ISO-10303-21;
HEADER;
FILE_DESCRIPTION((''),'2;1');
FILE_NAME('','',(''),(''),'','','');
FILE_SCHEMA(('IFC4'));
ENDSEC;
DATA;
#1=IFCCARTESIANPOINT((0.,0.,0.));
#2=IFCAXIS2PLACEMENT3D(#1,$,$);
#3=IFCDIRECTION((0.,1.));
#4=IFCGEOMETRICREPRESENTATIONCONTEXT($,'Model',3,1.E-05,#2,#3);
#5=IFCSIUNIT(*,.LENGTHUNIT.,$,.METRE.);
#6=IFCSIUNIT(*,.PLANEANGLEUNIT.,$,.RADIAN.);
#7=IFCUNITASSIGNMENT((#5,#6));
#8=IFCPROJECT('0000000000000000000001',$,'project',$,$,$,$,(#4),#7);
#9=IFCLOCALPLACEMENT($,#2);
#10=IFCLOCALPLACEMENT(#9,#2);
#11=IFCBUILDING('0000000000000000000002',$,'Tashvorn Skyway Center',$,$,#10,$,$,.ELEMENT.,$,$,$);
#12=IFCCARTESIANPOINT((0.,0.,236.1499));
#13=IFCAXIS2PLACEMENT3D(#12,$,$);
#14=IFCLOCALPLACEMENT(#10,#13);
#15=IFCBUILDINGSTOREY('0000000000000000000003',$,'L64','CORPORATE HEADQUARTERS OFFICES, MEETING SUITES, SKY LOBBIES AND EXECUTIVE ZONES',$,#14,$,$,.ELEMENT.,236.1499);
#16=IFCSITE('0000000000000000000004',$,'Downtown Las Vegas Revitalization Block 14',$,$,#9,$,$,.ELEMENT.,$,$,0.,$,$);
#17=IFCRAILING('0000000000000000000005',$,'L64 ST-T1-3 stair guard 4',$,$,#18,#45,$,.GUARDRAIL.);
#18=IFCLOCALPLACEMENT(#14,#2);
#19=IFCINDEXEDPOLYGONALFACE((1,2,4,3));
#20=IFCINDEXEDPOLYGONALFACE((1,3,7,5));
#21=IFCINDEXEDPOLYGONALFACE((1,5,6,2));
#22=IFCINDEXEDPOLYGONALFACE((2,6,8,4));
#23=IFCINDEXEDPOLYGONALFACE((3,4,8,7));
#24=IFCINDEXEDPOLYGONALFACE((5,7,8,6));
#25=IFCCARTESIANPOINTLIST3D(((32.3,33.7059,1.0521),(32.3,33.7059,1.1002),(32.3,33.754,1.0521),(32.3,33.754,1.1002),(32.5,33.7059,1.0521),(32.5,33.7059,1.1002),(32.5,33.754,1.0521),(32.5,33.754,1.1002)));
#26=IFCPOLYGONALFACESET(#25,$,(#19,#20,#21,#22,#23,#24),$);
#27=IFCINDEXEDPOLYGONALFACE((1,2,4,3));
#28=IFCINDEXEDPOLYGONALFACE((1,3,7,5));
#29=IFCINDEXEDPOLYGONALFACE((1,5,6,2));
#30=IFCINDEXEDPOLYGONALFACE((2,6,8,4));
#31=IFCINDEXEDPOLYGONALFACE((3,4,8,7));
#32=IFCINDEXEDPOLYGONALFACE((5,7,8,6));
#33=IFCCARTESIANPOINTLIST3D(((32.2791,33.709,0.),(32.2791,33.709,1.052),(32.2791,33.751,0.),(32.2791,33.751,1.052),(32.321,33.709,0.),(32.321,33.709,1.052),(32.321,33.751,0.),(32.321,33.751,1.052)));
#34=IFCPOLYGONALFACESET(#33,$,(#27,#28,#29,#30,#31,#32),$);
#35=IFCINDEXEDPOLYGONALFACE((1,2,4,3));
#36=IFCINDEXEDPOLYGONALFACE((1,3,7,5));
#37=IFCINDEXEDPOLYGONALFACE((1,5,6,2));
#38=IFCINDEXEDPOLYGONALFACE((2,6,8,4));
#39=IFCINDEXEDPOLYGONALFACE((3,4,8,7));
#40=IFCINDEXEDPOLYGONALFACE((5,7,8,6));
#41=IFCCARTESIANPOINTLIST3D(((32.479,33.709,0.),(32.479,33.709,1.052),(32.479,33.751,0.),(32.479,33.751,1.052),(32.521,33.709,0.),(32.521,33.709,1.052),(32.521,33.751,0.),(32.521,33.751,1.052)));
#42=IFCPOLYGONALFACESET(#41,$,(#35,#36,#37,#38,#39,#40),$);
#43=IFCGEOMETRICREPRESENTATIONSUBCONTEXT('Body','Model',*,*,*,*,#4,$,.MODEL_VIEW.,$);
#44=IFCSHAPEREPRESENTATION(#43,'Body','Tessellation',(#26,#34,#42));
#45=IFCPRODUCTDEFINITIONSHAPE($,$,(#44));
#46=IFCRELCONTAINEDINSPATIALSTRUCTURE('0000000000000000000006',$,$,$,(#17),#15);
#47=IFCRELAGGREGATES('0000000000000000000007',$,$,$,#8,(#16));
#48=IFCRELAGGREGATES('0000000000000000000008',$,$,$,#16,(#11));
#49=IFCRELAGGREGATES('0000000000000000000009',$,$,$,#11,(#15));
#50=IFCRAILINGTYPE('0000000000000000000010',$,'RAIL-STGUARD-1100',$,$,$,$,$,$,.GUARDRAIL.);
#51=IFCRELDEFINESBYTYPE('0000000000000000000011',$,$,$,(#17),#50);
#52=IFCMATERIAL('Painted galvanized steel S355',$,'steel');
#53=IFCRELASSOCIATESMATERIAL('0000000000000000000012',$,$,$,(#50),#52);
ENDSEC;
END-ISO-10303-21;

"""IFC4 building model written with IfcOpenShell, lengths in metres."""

from ifc_helpers import new_model, si_unit, direction, frame, origin, origin_2d, place, context, subcontext, project, spatial, rectangle, extrude, material, type_object, element, save


model = new_model("IFC4")

# Units and contexts
model_context = context("Model", 3, precision=1e-05, world=origin(), true_north=direction((0.0, 1.0)))
body_context = subcontext(model_context, "Body", "Model", "MODEL_VIEW")
ifc_project = project(units=[si_unit("LENGTHUNIT", "METRE"), si_unit("PLANEANGLEUNIT", "RADIAN")], contexts=[model_context])

# Site, building, storey
site_placement = place(None, origin())
site = spatial("IfcSite", under=ifc_project, at=site_placement, Name="Downtown Las Vegas Revitalization Block 14", CompositionType="ELEMENT", RefElevation=0.0)
building_placement = place(site_placement, origin())
building = spatial("IfcBuilding", under=site, at=building_placement, Name="Tashvorn Skyway Center", CompositionType="ELEMENT")
storey_placement = place(building_placement, frame((0.0, 0.0, 236.1499)))
storey = spatial("IfcBuildingStorey", under=building, at=storey_placement, Name="L64", Description="CORPORATE HEADQUARTERS OFFICES, MEETING SUITES, SKY LOBBIES AND EXECUTIVE ZONES", CompositionType="ELEMENT", Elevation=236.1499)

# Railing
ifc_material_1 = material(Name="Painted galvanized steel S355", Category="steel")
railing_type_1 = type_object("IfcRailingType", Name="RAIL-STGUARD-1100", PredefinedType="GUARDRAIL", material=ifc_material_1)
railing_1_placement = place(storey_placement, frame((32.3, 33.73, 0.0)))
element("IfcRailing", 1, at=railing_1_placement, inside=storey, type_object=railing_type_1, Name="L64 ST-T1-3 stair guard 4", PredefinedType="GUARDRAIL", context=body_context, shape_type="SweptSolid", body=[
    extrude(rectangle(XDim=0.0481, YDim=0.0481, at=origin_2d()), frame((0.0, 0.0, 1.0762), z_axis=(1.0, 0.0, 0.0), x_axis=(0.0, 1.0, 0.0)), (0.0, 0.0, 1.0), 0.2),
    extrude(rectangle(XDim=0.042, YDim=0.042, at=origin_2d()), origin(), (0.0, 0.0, 1.0), 1.052),
    extrude(rectangle(XDim=0.042, YDim=0.042, at=origin_2d()), frame((0.2, 0.0, 0.0)), (0.0, 0.0, 1.0), 1.052),
])

save(model, "model.ifc")
